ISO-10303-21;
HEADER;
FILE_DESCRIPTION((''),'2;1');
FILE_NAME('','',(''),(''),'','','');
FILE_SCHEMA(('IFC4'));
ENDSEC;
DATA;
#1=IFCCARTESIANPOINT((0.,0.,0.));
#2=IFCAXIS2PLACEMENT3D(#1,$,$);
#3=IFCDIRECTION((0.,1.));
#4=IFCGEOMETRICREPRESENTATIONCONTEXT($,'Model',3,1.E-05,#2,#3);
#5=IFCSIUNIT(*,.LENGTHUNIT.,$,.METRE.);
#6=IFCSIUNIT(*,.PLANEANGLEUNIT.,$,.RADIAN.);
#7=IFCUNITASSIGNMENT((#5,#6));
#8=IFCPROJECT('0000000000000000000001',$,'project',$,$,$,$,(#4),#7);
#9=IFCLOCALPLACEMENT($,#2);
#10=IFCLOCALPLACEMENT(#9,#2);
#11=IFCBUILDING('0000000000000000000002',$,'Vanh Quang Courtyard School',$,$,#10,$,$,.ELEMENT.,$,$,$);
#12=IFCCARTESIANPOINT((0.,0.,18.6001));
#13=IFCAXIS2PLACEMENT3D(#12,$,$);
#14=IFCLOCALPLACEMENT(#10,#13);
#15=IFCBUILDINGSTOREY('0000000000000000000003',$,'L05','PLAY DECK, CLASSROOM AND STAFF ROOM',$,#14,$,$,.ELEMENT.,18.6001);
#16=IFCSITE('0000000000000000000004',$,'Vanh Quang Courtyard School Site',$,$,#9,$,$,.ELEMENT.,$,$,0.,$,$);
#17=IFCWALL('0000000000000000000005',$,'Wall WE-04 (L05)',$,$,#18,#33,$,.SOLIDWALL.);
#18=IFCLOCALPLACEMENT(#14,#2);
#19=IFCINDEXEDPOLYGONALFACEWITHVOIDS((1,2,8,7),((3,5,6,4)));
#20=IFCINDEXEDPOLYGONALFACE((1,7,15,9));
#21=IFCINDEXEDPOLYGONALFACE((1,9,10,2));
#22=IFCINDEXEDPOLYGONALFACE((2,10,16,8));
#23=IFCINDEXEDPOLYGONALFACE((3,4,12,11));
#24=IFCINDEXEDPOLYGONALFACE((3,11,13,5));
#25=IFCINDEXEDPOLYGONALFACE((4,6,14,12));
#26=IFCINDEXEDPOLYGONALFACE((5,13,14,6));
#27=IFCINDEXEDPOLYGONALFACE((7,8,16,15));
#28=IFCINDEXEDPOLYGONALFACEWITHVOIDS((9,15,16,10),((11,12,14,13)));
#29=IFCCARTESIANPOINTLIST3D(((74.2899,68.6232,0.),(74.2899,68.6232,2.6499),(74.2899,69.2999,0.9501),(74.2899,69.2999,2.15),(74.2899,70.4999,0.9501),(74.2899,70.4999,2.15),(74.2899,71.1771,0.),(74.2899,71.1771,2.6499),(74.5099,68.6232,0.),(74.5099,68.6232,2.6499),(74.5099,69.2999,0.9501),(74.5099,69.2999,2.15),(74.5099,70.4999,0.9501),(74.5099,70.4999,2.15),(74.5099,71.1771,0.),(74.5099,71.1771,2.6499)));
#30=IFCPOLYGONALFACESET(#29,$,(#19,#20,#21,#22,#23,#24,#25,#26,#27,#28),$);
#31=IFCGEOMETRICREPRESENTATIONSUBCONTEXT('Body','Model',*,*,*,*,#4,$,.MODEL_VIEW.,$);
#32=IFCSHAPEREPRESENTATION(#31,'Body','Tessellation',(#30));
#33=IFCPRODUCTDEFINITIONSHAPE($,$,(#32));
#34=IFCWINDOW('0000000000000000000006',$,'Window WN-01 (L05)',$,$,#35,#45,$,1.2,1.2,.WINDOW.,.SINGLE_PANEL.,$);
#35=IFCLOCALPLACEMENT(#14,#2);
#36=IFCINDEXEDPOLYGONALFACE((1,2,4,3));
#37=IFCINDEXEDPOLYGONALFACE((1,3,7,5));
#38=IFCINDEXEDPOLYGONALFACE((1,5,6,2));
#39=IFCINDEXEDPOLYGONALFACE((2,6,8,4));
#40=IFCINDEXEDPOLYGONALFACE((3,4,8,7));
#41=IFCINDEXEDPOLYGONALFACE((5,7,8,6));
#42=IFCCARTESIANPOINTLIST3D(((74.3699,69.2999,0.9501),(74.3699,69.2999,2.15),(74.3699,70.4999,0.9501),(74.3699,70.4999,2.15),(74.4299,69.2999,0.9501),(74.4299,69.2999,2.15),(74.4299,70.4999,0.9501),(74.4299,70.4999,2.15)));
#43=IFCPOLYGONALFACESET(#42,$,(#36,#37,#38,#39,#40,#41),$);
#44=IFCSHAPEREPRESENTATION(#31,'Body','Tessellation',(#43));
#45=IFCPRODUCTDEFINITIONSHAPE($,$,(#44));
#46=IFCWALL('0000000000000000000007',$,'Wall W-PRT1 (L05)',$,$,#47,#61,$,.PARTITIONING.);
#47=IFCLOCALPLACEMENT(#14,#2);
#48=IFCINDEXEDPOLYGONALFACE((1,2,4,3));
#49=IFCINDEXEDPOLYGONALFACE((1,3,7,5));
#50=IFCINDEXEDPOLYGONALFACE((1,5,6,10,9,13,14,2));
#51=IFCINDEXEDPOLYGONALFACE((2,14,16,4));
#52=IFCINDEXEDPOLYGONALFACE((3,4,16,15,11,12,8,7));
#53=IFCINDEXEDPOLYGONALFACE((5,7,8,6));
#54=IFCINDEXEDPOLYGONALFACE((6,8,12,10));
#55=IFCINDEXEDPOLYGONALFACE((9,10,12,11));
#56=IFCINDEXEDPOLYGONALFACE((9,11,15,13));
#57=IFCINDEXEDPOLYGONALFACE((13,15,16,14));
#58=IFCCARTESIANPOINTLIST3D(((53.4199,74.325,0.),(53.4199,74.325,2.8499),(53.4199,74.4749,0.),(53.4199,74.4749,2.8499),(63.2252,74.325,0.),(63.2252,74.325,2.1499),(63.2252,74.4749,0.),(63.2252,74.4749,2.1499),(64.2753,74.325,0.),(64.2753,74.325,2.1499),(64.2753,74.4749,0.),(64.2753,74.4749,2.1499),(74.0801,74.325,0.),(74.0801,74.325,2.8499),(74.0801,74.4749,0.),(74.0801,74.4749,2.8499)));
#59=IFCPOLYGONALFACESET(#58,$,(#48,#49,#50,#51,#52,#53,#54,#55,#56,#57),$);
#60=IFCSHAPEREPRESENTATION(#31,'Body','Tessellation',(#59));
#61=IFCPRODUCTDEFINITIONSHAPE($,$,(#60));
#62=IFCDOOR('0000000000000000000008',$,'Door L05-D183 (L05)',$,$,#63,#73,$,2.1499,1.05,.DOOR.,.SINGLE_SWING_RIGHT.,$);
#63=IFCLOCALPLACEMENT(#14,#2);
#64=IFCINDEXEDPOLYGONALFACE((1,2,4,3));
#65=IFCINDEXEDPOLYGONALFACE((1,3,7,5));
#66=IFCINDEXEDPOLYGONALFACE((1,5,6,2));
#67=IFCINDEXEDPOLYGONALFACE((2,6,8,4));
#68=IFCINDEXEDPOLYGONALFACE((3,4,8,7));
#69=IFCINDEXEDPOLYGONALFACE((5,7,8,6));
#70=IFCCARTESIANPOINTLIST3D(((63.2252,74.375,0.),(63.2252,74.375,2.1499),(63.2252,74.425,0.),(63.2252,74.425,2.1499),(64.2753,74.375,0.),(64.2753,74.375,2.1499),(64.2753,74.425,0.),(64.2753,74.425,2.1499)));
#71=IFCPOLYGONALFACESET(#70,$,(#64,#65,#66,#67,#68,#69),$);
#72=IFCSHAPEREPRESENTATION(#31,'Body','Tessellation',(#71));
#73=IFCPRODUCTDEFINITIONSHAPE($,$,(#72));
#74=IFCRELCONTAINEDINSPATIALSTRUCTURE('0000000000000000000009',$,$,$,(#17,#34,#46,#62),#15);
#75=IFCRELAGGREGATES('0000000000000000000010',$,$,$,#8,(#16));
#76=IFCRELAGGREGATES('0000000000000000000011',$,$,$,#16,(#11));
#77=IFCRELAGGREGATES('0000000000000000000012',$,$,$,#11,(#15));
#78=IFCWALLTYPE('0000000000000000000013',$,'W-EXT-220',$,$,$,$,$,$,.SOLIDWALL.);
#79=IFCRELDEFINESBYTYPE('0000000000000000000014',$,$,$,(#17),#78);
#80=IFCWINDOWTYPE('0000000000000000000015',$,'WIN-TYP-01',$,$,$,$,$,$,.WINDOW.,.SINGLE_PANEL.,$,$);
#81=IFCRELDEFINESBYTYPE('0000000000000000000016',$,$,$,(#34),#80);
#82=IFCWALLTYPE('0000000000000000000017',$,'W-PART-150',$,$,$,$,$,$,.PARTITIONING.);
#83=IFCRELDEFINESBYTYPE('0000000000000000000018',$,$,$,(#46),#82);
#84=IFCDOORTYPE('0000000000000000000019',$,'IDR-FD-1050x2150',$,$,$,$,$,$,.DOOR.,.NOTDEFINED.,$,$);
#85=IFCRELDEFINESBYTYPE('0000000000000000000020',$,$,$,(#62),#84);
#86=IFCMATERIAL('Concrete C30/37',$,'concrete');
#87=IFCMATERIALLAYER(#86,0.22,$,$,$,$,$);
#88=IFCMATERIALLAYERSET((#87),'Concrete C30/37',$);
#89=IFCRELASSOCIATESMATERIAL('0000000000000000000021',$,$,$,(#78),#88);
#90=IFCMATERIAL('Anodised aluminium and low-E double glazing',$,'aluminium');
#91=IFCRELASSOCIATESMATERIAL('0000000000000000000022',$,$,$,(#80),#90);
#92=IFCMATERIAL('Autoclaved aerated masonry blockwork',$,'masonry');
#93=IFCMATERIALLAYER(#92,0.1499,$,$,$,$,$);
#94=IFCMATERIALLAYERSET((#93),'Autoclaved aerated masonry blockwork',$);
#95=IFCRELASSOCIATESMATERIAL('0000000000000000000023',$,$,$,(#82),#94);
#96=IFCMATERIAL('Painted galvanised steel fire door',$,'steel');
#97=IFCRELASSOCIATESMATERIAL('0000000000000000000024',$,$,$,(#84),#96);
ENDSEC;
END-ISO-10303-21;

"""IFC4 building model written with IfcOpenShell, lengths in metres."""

from ifc_helpers import new_model, si_unit, direction, frame, frame_2d, origin, place, context, subcontext, project, spatial, rectangle, extrude, material, layer, layer_set, type_object, element, fill, save


model = new_model("IFC4")

# Units and contexts
model_context = context("Model", 3, precision=1e-05, world=origin(), true_north=direction((0.0, 1.0)))
body_context = subcontext(model_context, "Body", "Model", "MODEL_VIEW")
ifc_project = project(units=[si_unit("LENGTHUNIT", "METRE"), si_unit("PLANEANGLEUNIT", "RADIAN")], contexts=[model_context])

# Site, building, storey
site_placement = place(None, origin())
site = spatial("IfcSite", under=ifc_project, at=site_placement, Name="Vanh Quang Courtyard School Site", CompositionType="ELEMENT", RefElevation=0.0)
building_placement = place(site_placement, origin())
building = spatial("IfcBuilding", under=site, at=building_placement, Name="Vanh Quang Courtyard School", CompositionType="ELEMENT")
storey_placement = place(building_placement, frame((0.0, 0.0, 18.6001)))
storey = spatial("IfcBuildingStorey", under=building, at=storey_placement, Name="L05", Description="PLAY DECK, CLASSROOM AND STAFF ROOM", CompositionType="ELEMENT", Elevation=18.6001)

# Shared definitions
ifc_material_1 = material(Name="Concrete C30/37", Category="concrete")

# Wall, opening, window
ifc_layer_1 = layer(ifc_material_1, 0.22)
ifc_layer_set_1 = layer_set([ifc_layer_1], Name="Concrete C30/37")
wall_type_1 = type_object("IfcWallType", Name="W-EXT-220", PredefinedType="SOLIDWALL", material=ifc_layer_set_1)
wall_1_placement = place(storey_placement, frame((74.3999, 71.177, 0.0), z_axis=(0.0, 0.0, 1.0), x_axis=(0.0, -1.0, 0.0)))
wall_1 = element("IfcWall", 1, at=wall_1_placement, inside=storey, type_object=wall_type_1, Name="Wall WE-04 (L05)", PredefinedType="SOLIDWALL", context=body_context, shape_type="SweptSolid", body=[
    extrude(rectangle(XDim=2.554, YDim=0.22, at=frame_2d((1.2769, 0.0))), origin(), (0.0, 0.0, 1.0), 2.6499),
])
opening_1_placement = place(wall_1_placement, frame((0.677, 0.0, 0.95)))
opening_1 = element("IfcOpeningElement", 2, at=opening_1_placement, cuts=wall_1, PredefinedType="OPENING", context=body_context, shape_type="SweptSolid", body=[
    extrude(rectangle(XDim=1.2, YDim=1.2, at=frame_2d((0.6001, 0.6001))), frame((0.0, 0.1201, 0.0), z_axis=(0.0, -1.0, 0.0), x_axis=(1.0, 0.0, 0.0)), (0.0, 0.0, 1.0), 0.24),
])
ifc_material_2 = material(Name="Anodised aluminium and low-E double glazing", Category="aluminium")
window_type = type_object("IfcWindowType", Name="WIN-TYP-01", PartitioningType="SINGLE_PANEL", PredefinedType="WINDOW", material=ifc_material_2)
window_placement = place(opening_1_placement, origin())
window = element("IfcWindow", 3, at=window_placement, inside=storey, type_object=window_type, Name="Window WN-01 (L05)", OverallHeight=1.2, OverallWidth=1.2, PartitioningType="SINGLE_PANEL", PredefinedType="WINDOW", context=body_context, shape_type="SweptSolid", body=[
    extrude(rectangle(XDim=1.2, YDim=1.2, at=frame_2d((0.6001, 0.6001))), frame((0.0, 0.03, 0.0), z_axis=(0.0, -1.0, 0.0), x_axis=(1.0, 0.0, 0.0)), (0.0, 0.0, 1.0), 0.0601),
])
fill(opening_1, window)

# Wall, opening, door
ifc_material_3 = material(Name="Autoclaved aerated masonry blockwork", Category="masonry")
ifc_layer_2 = layer(ifc_material_3, 0.1499)
ifc_layer_set_2 = layer_set([ifc_layer_2], Name="Autoclaved aerated masonry blockwork")
wall_type_2 = type_object("IfcWallType", Name="W-PART-150", PredefinedType="PARTITIONING", material=ifc_layer_set_2)
wall_2_placement = place(storey_placement, frame((74.0801, 74.3999, 0.0), z_axis=(0.0, 0.0, 1.0), x_axis=(-1.0, 0.0, 0.0)))
wall_2 = element("IfcWall", 4, at=wall_2_placement, inside=storey, type_object=wall_type_2, Name="Wall W-PRT1 (L05)", PredefinedType="PARTITIONING", context=body_context, shape_type="SweptSolid", body=[
    extrude(rectangle(XDim=20.6602, YDim=0.1499, at=frame_2d((10.3301, 0.0))), origin(), (0.0, 0.0, 1.0), 2.8499),
])
opening_2_placement = place(wall_2_placement, frame((9.8049, 0.0, 0.0)))
opening_2 = element("IfcOpeningElement", 5, at=opening_2_placement, cuts=wall_2, PredefinedType="OPENING", context=body_context, shape_type="SweptSolid", body=[
    extrude(rectangle(XDim=1.05, YDim=2.1499, at=frame_2d((0.5249, 1.075))), frame((0.0, 0.085, 0.0), z_axis=(0.0, -1.0, 0.0), x_axis=(1.0, 0.0, 0.0)), (0.0, 0.0, 1.0), 0.1699),
])
ifc_material_4 = material(Name="Painted galvanised steel fire door", Category="steel")
door_type = type_object("IfcDoorType", Name="IDR-FD-1050x2150", OperationType="NOTDEFINED", PredefinedType="DOOR", material=ifc_material_4)
door_placement = place(opening_2_placement, origin())
door = element("IfcDoor", 6, at=door_placement, inside=storey, type_object=door_type, Name="Door L05-D183 (L05)", OperationType="SINGLE_SWING_RIGHT", OverallHeight=2.1499, OverallWidth=1.05, PredefinedType="DOOR", context=body_context, shape_type="SweptSolid", body=[
    extrude(rectangle(XDim=1.05, YDim=2.1499, at=frame_2d((0.5249, 1.075))), frame((0.0, 0.0249, 0.0), z_axis=(0.0, -1.0, 0.0), x_axis=(1.0, 0.0, 0.0)), (0.0, 0.0, 1.0), 0.05),
])
fill(opening_2, door)

save(model, "model.ifc")
